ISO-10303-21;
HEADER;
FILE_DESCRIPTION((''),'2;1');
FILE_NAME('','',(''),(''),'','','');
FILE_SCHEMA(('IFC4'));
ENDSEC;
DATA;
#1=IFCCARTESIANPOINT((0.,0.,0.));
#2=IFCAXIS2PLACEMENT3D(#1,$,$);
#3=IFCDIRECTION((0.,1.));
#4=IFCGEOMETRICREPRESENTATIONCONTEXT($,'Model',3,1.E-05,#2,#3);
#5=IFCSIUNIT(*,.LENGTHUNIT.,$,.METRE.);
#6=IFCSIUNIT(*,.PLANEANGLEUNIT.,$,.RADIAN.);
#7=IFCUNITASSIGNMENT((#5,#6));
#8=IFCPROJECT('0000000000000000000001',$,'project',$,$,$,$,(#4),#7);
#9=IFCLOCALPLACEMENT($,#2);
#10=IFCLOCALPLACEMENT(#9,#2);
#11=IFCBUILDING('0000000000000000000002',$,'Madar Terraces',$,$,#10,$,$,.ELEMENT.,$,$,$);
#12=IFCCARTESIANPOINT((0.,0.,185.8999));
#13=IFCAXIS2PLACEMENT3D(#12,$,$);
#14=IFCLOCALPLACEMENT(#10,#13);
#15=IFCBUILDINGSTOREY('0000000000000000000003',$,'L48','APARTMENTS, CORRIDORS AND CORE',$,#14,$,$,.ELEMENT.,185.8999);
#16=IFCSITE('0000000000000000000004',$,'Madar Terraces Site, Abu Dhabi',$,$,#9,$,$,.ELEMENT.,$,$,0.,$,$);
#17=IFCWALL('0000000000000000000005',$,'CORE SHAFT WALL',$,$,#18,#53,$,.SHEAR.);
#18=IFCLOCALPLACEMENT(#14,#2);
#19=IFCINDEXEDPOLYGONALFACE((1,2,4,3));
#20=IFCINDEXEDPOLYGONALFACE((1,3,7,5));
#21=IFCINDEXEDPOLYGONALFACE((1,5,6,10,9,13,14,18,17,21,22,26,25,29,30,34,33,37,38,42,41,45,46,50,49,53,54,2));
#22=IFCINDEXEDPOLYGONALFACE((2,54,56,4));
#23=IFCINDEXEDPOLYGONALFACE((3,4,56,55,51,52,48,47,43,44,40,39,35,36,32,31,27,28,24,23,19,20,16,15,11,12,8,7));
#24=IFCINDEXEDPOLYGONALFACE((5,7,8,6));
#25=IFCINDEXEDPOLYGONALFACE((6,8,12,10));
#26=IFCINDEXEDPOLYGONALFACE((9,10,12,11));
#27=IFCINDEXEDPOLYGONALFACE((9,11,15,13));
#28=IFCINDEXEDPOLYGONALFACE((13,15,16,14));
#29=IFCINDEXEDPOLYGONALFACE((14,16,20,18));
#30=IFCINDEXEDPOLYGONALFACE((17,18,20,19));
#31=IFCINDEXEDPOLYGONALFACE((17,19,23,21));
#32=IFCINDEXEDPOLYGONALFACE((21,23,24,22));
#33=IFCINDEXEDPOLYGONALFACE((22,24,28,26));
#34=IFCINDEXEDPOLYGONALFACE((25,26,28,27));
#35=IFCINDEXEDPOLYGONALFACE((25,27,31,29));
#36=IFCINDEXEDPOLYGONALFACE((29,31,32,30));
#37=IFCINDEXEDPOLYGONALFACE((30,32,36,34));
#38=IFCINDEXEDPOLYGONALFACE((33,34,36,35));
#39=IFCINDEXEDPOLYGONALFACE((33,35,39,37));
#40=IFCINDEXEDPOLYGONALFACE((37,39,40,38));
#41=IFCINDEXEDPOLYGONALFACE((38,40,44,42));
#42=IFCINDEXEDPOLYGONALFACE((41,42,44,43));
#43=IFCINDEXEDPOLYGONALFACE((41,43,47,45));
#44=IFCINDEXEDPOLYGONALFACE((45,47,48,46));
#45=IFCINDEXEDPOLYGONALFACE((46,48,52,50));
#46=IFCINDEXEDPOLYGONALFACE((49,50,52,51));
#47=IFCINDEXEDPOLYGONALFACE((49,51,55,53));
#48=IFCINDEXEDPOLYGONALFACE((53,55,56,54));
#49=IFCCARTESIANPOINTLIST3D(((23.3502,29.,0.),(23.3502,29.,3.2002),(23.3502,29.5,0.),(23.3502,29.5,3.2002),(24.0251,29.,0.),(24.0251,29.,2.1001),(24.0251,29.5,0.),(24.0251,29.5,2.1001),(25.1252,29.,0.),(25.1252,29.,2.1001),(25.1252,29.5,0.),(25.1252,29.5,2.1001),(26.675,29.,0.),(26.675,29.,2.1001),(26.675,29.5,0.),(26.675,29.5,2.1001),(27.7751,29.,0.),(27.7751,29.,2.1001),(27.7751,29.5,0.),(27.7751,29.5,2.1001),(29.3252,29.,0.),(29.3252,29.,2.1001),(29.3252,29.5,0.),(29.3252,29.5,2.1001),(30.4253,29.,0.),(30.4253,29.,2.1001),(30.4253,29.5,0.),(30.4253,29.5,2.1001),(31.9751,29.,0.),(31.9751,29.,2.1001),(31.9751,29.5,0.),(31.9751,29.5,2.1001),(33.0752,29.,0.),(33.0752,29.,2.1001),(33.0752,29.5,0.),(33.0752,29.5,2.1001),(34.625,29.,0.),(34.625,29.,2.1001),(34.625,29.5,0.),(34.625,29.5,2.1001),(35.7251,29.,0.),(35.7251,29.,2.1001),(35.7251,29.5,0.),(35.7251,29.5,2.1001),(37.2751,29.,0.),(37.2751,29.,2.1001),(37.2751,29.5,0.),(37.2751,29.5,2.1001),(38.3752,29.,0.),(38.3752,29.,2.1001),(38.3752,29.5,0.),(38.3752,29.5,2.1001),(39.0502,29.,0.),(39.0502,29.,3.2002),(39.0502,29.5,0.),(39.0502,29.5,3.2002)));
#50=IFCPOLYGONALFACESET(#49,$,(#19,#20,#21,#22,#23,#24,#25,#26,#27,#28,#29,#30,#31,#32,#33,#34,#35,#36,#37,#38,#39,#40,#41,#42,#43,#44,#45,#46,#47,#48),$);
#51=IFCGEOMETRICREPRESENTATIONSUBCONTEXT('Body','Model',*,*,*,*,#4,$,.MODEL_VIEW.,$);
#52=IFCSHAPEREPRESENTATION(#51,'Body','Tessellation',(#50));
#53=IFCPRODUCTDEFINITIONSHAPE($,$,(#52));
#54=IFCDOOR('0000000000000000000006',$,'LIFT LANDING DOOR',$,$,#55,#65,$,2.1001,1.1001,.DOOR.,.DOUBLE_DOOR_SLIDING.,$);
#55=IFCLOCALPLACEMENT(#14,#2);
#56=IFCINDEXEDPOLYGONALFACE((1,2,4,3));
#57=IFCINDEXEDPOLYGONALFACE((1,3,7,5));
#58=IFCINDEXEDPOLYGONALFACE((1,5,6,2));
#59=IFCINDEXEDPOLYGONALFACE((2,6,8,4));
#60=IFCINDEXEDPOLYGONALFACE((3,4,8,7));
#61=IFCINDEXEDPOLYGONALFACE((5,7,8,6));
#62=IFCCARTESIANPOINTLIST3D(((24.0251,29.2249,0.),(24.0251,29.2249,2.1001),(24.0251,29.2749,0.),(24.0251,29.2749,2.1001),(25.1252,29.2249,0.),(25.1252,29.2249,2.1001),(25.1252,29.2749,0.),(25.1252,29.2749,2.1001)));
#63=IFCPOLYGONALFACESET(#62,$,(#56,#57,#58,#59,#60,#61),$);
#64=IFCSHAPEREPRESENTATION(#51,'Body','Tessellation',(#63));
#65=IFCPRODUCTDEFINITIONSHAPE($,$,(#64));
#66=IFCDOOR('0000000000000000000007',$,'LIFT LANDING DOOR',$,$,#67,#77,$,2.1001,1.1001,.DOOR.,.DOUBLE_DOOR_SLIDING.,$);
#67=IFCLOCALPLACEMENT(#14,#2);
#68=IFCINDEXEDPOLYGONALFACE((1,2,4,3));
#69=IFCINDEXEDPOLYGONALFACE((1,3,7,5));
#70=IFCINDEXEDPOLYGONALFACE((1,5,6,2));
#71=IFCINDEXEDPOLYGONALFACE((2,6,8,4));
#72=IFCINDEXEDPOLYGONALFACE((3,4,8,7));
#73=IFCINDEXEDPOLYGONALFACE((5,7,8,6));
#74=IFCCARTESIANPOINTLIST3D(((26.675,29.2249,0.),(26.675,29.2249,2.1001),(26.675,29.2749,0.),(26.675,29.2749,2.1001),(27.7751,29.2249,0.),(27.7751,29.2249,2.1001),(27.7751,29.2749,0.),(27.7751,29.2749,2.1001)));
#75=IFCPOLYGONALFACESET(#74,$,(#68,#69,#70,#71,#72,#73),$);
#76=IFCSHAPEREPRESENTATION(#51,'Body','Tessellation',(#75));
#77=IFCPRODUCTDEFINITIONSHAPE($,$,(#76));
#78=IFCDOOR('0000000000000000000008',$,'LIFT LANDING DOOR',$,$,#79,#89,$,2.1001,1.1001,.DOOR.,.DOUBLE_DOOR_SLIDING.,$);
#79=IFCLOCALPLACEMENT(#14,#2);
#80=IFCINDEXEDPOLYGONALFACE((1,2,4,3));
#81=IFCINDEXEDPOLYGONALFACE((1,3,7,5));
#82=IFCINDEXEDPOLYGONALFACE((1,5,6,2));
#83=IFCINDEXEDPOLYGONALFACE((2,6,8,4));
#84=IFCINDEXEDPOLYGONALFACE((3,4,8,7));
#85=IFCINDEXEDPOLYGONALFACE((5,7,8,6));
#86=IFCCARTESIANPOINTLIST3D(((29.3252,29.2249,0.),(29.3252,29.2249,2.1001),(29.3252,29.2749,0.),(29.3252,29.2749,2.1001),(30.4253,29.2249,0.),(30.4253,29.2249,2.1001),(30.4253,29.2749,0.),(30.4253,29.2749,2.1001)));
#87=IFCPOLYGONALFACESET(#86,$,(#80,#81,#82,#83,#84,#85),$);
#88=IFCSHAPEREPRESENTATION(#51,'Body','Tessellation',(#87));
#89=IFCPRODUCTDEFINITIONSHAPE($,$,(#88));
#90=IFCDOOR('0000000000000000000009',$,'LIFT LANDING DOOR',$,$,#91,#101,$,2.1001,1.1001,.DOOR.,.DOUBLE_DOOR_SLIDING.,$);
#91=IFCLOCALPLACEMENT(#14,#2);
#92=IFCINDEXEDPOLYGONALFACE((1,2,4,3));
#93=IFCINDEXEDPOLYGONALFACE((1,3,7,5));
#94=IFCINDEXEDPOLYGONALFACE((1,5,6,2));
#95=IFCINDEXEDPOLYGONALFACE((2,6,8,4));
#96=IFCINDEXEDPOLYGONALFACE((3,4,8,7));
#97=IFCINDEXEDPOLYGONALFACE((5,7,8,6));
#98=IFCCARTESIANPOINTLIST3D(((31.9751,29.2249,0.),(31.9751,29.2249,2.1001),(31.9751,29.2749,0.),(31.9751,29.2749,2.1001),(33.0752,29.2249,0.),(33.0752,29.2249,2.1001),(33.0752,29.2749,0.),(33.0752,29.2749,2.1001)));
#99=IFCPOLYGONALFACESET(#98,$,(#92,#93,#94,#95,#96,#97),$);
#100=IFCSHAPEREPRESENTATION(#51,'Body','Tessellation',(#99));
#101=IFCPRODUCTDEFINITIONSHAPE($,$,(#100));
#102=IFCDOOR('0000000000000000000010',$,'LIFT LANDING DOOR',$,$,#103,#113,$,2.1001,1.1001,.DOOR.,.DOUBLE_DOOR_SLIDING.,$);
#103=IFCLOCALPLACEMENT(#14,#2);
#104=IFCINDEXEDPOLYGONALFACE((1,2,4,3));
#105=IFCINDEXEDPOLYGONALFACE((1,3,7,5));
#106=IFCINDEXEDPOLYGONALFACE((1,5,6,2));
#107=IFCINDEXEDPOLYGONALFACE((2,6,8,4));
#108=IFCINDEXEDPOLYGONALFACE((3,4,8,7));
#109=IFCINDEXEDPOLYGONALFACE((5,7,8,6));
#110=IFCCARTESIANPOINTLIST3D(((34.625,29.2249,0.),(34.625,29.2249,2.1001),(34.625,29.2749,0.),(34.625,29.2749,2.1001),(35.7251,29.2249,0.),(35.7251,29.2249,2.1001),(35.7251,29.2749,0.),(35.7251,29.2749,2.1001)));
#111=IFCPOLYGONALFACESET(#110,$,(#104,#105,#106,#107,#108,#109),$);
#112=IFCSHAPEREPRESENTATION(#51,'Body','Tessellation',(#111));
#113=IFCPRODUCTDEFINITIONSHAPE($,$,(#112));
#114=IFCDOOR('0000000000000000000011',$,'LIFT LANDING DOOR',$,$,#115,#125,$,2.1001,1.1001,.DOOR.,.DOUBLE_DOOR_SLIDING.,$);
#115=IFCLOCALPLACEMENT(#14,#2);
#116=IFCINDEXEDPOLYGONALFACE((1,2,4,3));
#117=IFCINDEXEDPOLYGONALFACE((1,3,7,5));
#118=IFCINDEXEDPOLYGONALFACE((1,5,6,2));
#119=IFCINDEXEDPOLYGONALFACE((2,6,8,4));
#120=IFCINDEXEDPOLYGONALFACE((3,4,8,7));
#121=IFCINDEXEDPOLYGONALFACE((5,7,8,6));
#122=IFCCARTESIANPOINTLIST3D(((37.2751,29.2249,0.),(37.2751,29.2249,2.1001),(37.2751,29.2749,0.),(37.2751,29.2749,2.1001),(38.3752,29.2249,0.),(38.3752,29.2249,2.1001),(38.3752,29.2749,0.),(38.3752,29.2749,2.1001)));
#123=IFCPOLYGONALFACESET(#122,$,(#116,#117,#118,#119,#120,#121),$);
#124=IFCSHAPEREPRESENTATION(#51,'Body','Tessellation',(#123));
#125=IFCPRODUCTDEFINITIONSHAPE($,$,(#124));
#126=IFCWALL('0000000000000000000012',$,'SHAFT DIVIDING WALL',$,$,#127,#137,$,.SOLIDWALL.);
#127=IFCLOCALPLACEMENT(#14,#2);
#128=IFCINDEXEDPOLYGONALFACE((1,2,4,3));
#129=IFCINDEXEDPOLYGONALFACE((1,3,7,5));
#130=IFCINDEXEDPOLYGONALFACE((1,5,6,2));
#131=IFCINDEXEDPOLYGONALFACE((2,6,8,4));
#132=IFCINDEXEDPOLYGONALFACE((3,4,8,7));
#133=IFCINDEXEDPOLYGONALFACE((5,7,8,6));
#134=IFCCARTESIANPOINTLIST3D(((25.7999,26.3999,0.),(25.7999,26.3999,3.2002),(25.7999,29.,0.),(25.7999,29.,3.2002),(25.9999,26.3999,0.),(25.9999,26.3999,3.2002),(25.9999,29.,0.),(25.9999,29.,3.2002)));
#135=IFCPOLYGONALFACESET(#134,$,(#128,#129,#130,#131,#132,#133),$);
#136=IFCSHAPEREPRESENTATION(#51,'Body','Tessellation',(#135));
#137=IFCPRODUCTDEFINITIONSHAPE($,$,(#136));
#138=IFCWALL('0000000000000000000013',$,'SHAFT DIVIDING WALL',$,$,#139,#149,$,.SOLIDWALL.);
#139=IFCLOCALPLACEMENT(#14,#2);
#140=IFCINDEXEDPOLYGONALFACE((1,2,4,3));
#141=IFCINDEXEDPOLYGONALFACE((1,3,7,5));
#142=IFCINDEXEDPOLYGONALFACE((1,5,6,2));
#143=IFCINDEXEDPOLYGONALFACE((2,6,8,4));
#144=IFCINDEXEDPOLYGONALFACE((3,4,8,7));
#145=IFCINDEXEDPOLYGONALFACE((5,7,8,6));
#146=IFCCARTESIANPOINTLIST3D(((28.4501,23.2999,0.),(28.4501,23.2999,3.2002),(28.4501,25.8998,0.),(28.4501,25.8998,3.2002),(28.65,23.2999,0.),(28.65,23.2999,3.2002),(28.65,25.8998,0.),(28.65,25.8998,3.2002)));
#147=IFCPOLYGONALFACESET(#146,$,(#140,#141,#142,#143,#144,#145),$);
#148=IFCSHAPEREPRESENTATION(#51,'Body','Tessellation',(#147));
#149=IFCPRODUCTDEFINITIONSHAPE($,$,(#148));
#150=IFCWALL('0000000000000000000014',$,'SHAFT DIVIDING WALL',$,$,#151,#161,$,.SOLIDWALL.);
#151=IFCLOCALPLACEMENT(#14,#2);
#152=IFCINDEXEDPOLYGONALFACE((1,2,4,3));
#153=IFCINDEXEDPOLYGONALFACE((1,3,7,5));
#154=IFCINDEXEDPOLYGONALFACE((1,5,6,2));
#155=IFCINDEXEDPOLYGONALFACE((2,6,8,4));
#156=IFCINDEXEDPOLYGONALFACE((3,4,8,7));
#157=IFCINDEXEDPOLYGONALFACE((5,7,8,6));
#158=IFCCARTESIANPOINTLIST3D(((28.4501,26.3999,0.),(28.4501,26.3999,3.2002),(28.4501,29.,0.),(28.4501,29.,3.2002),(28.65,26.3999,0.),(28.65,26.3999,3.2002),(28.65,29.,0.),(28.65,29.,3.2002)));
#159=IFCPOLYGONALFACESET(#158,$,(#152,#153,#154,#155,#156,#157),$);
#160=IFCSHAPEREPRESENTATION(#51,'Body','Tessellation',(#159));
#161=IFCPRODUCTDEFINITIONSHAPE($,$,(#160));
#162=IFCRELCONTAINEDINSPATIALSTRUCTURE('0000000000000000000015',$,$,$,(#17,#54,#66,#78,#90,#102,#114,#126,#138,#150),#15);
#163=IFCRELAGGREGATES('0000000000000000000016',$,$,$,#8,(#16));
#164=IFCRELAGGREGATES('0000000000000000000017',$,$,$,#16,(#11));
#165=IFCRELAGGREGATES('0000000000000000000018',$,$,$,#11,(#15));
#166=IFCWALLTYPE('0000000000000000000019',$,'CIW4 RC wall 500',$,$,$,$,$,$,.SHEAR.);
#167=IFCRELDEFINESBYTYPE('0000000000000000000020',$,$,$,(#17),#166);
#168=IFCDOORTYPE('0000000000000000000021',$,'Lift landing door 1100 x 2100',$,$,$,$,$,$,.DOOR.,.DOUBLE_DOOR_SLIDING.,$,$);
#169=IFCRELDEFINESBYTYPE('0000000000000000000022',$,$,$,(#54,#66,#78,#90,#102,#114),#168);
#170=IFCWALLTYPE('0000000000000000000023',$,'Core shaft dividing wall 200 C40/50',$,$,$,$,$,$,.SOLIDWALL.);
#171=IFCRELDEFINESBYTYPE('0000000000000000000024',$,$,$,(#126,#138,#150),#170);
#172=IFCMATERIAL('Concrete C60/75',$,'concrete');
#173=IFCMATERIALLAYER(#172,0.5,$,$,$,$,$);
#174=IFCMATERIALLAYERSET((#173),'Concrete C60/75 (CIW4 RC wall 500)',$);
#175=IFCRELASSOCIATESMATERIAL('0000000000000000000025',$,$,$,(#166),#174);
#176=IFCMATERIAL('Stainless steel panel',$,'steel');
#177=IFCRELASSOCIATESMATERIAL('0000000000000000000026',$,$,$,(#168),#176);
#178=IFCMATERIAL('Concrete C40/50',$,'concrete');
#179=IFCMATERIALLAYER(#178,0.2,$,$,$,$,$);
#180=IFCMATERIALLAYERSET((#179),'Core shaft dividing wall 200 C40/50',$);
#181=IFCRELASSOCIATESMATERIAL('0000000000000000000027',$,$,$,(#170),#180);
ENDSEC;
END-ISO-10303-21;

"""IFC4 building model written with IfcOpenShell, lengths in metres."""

from ifc_helpers import new_model, si_unit, direction, frame, frame_2d, origin, place, context, subcontext, project, spatial, rectangle, extrude, material, layer, layer_set, type_object, element, fill, save


model = new_model("IFC4")

# Units and contexts
model_context = context("Model", 3, precision=1e-05, world=origin(), true_north=direction((0.0, 1.0)))
body_context = subcontext(model_context, "Body", "Model", "MODEL_VIEW")
ifc_project = project(units=[si_unit("LENGTHUNIT", "METRE"), si_unit("PLANEANGLEUNIT", "RADIAN")], contexts=[model_context])

# Site, building, storey
site_placement = place(None, origin())
site = spatial("IfcSite", under=ifc_project, at=site_placement, Name="Madar Terraces Site, Abu Dhabi", CompositionType="ELEMENT", RefElevation=0.0)
building_placement = place(site_placement, origin())
building = spatial("IfcBuilding", under=site, at=building_placement, Name="Madar Terraces", CompositionType="ELEMENT")
storey_placement = place(building_placement, frame((0.0, 0.0, 185.8999)))
storey = spatial("IfcBuildingStorey", under=building, at=storey_placement, Name="L48", Description="APARTMENTS, CORRIDORS AND CORE", CompositionType="ELEMENT", Elevation=185.8999)

# Shared definitions
ifc_material_1 = material(Name="Concrete C60/75", Category="concrete")
ifc_layer_1 = layer(ifc_material_1, 0.5)
ifc_layer_set_1 = layer_set([ifc_layer_1], Name="Concrete C60/75 (CIW4 RC wall 500)")
wall_type_1 = type_object("IfcWallType", Name="CIW4 RC wall 500", PredefinedType="SHEAR", material=ifc_layer_set_1)

# Wall, openings, doors
wall_1_placement = place(storey_placement, frame((23.3501, 29.25, 0.0), z_axis=(0.0, 0.0, 1.0), x_axis=(1.0, 0.0, 0.0)))
wall_1 = element("IfcWall", 1, at=wall_1_placement, inside=storey, type_object=wall_type_1, Name="CORE SHAFT WALL", PredefinedType="SHEAR", context=body_context, shape_type="SweptSolid", body=[
    extrude(rectangle(XDim=15.7, YDim=0.5, at=frame_2d((7.8501, 0.0))), origin(), (0.0, 0.0, 1.0), 3.2002),
])
opening_1_placement = place(wall_1_placement, frame((0.675, 0.0, 0.0)))
opening_1 = element("IfcOpeningElement", 2, at=opening_1_placement, cuts=wall_1, PredefinedType="OPENING", context=body_context, shape_type="SweptSolid", body=[
    extrude(rectangle(XDim=1.1001, YDim=2.1001, at=frame_2d((0.55, 1.05))), frame((0.0, 0.26, 0.0), z_axis=(0.0, -1.0, 0.0), x_axis=(1.0, 0.0, 0.0)), (0.0, 0.0, 1.0), 0.52),
])
opening_2_placement = place(wall_1_placement, frame((3.325, 0.0, 0.0)))
opening_2 = element("IfcOpeningElement", 3, at=opening_2_placement, cuts=wall_1, PredefinedType="OPENING", context=body_context, shape_type="SweptSolid", body=[
    extrude(rectangle(XDim=1.1001, YDim=2.1001, at=frame_2d((0.55, 1.05))), frame((0.0, 0.26, 0.0), z_axis=(0.0, -1.0, 0.0), x_axis=(1.0, 0.0, 0.0)), (0.0, 0.0, 1.0), 0.52),
])
opening_3_placement = place(wall_1_placement, frame((5.9751, 0.0, 0.0)))
opening_3 = element("IfcOpeningElement", 4, at=opening_3_placement, cuts=wall_1, PredefinedType="OPENING", context=body_context, shape_type="SweptSolid", body=[
    extrude(rectangle(XDim=1.1001, YDim=2.1001, at=frame_2d((0.55, 1.05))), frame((0.0, 0.26, 0.0), z_axis=(0.0, -1.0, 0.0), x_axis=(1.0, 0.0, 0.0)), (0.0, 0.0, 1.0), 0.52),
])
opening_4_placement = place(wall_1_placement, frame((8.625, 0.0, 0.0)))
opening_4 = element("IfcOpeningElement", 5, at=opening_4_placement, cuts=wall_1, PredefinedType="OPENING", context=body_context, shape_type="SweptSolid", body=[
    extrude(rectangle(XDim=1.1001, YDim=2.1001, at=frame_2d((0.55, 1.05))), frame((0.0, 0.26, 0.0), z_axis=(0.0, -1.0, 0.0), x_axis=(1.0, 0.0, 0.0)), (0.0, 0.0, 1.0), 0.52),
])
opening_5_placement = place(wall_1_placement, frame((11.2749, 0.0, 0.0)))
opening_5 = element("IfcOpeningElement", 6, at=opening_5_placement, cuts=wall_1, PredefinedType="OPENING", context=body_context, shape_type="SweptSolid", body=[
    extrude(rectangle(XDim=1.1001, YDim=2.1001, at=frame_2d((0.55, 1.05))), frame((0.0, 0.26, 0.0), z_axis=(0.0, -1.0, 0.0), x_axis=(1.0, 0.0, 0.0)), (0.0, 0.0, 1.0), 0.52),
])
opening_6_placement = place(wall_1_placement, frame((13.925, 0.0, 0.0)))
opening_6 = element("IfcOpeningElement", 7, at=opening_6_placement, cuts=wall_1, PredefinedType="OPENING", context=body_context, shape_type="SweptSolid", body=[
    extrude(rectangle(XDim=1.1001, YDim=2.1001, at=frame_2d((0.55, 1.05))), frame((0.0, 0.26, 0.0), z_axis=(0.0, -1.0, 0.0), x_axis=(1.0, 0.0, 0.0)), (0.0, 0.0, 1.0), 0.52),
])
ifc_material_2 = material(Name="Stainless steel panel", Category="steel")
door_type_1 = type_object("IfcDoorType", Name="Lift landing door 1100 x 2100", OperationType="DOUBLE_DOOR_SLIDING", PredefinedType="DOOR", material=ifc_material_2)
door_1_placement = place(opening_1_placement, origin())
door_1 = element("IfcDoor", 8, at=door_1_placement, inside=storey, type_object=door_type_1, Name="LIFT LANDING DOOR", OperationType="DOUBLE_DOOR_SLIDING", OverallHeight=2.1001, OverallWidth=1.1001, PredefinedType="DOOR", context=body_context, shape_type="SweptSolid", body=[
    extrude(rectangle(XDim=1.1001, YDim=2.1001, at=frame_2d((0.55, 1.05))), frame((0.0, 0.0249, 0.0), z_axis=(0.0, -1.0, 0.0), x_axis=(1.0, 0.0, 0.0)), (0.0, 0.0, 1.0), 0.05),
])
fill(opening_1, door_1)
door_2_placement = place(opening_2_placement, origin())
door_2 = element("IfcDoor", 9, at=door_2_placement, inside=storey, type_object=door_type_1, Name="LIFT LANDING DOOR", OperationType="DOUBLE_DOOR_SLIDING", OverallHeight=2.1001, OverallWidth=1.1001, PredefinedType="DOOR", context=body_context, shape_type="SweptSolid", body=[
    extrude(rectangle(XDim=1.1001, YDim=2.1001, at=frame_2d((0.55, 1.05))), frame((0.0, 0.0249, 0.0), z_axis=(0.0, -1.0, 0.0), x_axis=(1.0, 0.0, 0.0)), (0.0, 0.0, 1.0), 0.05),
])
fill(opening_2, door_2)
door_3_placement = place(opening_3_placement, origin())
door_3 = element("IfcDoor", 10, at=door_3_placement, inside=storey, type_object=door_type_1, Name="LIFT LANDING DOOR", OperationType="DOUBLE_DOOR_SLIDING", OverallHeight=2.1001, OverallWidth=1.1001, PredefinedType="DOOR", context=body_context, shape_type="SweptSolid", body=[
    extrude(rectangle(XDim=1.1001, YDim=2.1001, at=frame_2d((0.55, 1.05))), frame((0.0, 0.0249, 0.0), z_axis=(0.0, -1.0, 0.0), x_axis=(1.0, 0.0, 0.0)), (0.0, 0.0, 1.0), 0.05),
])
fill(opening_3, door_3)
door_4_placement = place(opening_4_placement, origin())
door_4 = element("IfcDoor", 11, at=door_4_placement, inside=storey, type_object=door_type_1, Name="LIFT LANDING DOOR", OperationType="DOUBLE_DOOR_SLIDING", OverallHeight=2.1001, OverallWidth=1.1001, PredefinedType="DOOR", context=body_context, shape_type="SweptSolid", body=[
    extrude(rectangle(XDim=1.1001, YDim=2.1001, at=frame_2d((0.55, 1.05))), frame((0.0, 0.0249, 0.0), z_axis=(0.0, -1.0, 0.0), x_axis=(1.0, 0.0, 0.0)), (0.0, 0.0, 1.0), 0.05),
])
fill(opening_4, door_4)
door_5_placement = place(opening_5_placement, origin())
door_5 = element("IfcDoor", 12, at=door_5_placement, inside=storey, type_object=door_type_1, Name="LIFT LANDING DOOR", OperationType="DOUBLE_DOOR_SLIDING", OverallHeight=2.1001, OverallWidth=1.1001, PredefinedType="DOOR", context=body_context, shape_type="SweptSolid", body=[
    extrude(rectangle(XDim=1.1001, YDim=2.1001, at=frame_2d((0.55, 1.05))), frame((0.0, 0.0249, 0.0), z_axis=(0.0, -1.0, 0.0), x_axis=(1.0, 0.0, 0.0)), (0.0, 0.0, 1.0), 0.05),
])
fill(opening_5, door_5)
door_6_placement = place(opening_6_placement, origin())
door_6 = element("IfcDoor", 13, at=door_6_placement, inside=storey, type_object=door_type_1, Name="LIFT LANDING DOOR", OperationType="DOUBLE_DOOR_SLIDING", OverallHeight=2.1001, OverallWidth=1.1001, PredefinedType="DOOR", context=body_context, shape_type="SweptSolid", body=[
    extrude(rectangle(XDim=1.1001, YDim=2.1001, at=frame_2d((0.55, 1.05))), frame((0.0, 0.0249, 0.0), z_axis=(0.0, -1.0, 0.0), x_axis=(1.0, 0.0, 0.0)), (0.0, 0.0, 1.0), 0.05),
])
fill(opening_6, door_6)

# Walls
ifc_material_3 = material(Name="Concrete C40/50", Category="concrete")
ifc_layer_2 = layer(ifc_material_3, 0.2)
ifc_layer_set_2 = layer_set([ifc_layer_2], Name="Core shaft dividing wall 200 C40/50")
wall_type_2 = type_object("IfcWallType", Name="Core shaft dividing wall 200 C40/50", PredefinedType="SOLIDWALL", material=ifc_layer_set_2)
wall_2_placement = place(storey_placement, frame((25.8999, 26.3999, 0.0), z_axis=(0.0, 0.0, 1.0), x_axis=(0.0, 1.0, 0.0)))
element("IfcWall", 14, at=wall_2_placement, inside=storey, type_object=wall_type_2, Name="SHAFT DIVIDING WALL", PredefinedType="SOLIDWALL", context=body_context, shape_type="SweptSolid", body=[
    extrude(rectangle(XDim=2.6001, YDim=0.2, at=frame_2d((1.3, 0.0))), origin(), (0.0, 0.0, 1.0), 3.2002),
])
wall_3_placement = place(storey_placement, frame((28.55, 23.3, 0.0), z_axis=(0.0, 0.0, 1.0), x_axis=(0.0, 1.0, 0.0)))
element("IfcWall", 15, at=wall_3_placement, inside=storey, type_object=wall_type_2, Name="SHAFT DIVIDING WALL", PredefinedType="SOLIDWALL", context=body_context, shape_type="SweptSolid", body=[
    extrude(rectangle(XDim=2.5999, YDim=0.2, at=frame_2d((1.2998, 0.0))), origin(), (0.0, 0.0, 1.0), 3.2002),
])
wall_4_placement = place(storey_placement, frame((28.55, 26.3999, 0.0), z_axis=(0.0, 0.0, 1.0), x_axis=(0.0, 1.0, 0.0)))
element("IfcWall", 16, at=wall_4_placement, inside=storey, type_object=wall_type_2, Name="SHAFT DIVIDING WALL", PredefinedType="SOLIDWALL", context=body_context, shape_type="SweptSolid", body=[
    extrude(rectangle(XDim=2.6001, YDim=0.2, at=frame_2d((1.3, 0.0))), origin(), (0.0, 0.0, 1.0), 3.2002),
])

save(model, "model.ifc")
